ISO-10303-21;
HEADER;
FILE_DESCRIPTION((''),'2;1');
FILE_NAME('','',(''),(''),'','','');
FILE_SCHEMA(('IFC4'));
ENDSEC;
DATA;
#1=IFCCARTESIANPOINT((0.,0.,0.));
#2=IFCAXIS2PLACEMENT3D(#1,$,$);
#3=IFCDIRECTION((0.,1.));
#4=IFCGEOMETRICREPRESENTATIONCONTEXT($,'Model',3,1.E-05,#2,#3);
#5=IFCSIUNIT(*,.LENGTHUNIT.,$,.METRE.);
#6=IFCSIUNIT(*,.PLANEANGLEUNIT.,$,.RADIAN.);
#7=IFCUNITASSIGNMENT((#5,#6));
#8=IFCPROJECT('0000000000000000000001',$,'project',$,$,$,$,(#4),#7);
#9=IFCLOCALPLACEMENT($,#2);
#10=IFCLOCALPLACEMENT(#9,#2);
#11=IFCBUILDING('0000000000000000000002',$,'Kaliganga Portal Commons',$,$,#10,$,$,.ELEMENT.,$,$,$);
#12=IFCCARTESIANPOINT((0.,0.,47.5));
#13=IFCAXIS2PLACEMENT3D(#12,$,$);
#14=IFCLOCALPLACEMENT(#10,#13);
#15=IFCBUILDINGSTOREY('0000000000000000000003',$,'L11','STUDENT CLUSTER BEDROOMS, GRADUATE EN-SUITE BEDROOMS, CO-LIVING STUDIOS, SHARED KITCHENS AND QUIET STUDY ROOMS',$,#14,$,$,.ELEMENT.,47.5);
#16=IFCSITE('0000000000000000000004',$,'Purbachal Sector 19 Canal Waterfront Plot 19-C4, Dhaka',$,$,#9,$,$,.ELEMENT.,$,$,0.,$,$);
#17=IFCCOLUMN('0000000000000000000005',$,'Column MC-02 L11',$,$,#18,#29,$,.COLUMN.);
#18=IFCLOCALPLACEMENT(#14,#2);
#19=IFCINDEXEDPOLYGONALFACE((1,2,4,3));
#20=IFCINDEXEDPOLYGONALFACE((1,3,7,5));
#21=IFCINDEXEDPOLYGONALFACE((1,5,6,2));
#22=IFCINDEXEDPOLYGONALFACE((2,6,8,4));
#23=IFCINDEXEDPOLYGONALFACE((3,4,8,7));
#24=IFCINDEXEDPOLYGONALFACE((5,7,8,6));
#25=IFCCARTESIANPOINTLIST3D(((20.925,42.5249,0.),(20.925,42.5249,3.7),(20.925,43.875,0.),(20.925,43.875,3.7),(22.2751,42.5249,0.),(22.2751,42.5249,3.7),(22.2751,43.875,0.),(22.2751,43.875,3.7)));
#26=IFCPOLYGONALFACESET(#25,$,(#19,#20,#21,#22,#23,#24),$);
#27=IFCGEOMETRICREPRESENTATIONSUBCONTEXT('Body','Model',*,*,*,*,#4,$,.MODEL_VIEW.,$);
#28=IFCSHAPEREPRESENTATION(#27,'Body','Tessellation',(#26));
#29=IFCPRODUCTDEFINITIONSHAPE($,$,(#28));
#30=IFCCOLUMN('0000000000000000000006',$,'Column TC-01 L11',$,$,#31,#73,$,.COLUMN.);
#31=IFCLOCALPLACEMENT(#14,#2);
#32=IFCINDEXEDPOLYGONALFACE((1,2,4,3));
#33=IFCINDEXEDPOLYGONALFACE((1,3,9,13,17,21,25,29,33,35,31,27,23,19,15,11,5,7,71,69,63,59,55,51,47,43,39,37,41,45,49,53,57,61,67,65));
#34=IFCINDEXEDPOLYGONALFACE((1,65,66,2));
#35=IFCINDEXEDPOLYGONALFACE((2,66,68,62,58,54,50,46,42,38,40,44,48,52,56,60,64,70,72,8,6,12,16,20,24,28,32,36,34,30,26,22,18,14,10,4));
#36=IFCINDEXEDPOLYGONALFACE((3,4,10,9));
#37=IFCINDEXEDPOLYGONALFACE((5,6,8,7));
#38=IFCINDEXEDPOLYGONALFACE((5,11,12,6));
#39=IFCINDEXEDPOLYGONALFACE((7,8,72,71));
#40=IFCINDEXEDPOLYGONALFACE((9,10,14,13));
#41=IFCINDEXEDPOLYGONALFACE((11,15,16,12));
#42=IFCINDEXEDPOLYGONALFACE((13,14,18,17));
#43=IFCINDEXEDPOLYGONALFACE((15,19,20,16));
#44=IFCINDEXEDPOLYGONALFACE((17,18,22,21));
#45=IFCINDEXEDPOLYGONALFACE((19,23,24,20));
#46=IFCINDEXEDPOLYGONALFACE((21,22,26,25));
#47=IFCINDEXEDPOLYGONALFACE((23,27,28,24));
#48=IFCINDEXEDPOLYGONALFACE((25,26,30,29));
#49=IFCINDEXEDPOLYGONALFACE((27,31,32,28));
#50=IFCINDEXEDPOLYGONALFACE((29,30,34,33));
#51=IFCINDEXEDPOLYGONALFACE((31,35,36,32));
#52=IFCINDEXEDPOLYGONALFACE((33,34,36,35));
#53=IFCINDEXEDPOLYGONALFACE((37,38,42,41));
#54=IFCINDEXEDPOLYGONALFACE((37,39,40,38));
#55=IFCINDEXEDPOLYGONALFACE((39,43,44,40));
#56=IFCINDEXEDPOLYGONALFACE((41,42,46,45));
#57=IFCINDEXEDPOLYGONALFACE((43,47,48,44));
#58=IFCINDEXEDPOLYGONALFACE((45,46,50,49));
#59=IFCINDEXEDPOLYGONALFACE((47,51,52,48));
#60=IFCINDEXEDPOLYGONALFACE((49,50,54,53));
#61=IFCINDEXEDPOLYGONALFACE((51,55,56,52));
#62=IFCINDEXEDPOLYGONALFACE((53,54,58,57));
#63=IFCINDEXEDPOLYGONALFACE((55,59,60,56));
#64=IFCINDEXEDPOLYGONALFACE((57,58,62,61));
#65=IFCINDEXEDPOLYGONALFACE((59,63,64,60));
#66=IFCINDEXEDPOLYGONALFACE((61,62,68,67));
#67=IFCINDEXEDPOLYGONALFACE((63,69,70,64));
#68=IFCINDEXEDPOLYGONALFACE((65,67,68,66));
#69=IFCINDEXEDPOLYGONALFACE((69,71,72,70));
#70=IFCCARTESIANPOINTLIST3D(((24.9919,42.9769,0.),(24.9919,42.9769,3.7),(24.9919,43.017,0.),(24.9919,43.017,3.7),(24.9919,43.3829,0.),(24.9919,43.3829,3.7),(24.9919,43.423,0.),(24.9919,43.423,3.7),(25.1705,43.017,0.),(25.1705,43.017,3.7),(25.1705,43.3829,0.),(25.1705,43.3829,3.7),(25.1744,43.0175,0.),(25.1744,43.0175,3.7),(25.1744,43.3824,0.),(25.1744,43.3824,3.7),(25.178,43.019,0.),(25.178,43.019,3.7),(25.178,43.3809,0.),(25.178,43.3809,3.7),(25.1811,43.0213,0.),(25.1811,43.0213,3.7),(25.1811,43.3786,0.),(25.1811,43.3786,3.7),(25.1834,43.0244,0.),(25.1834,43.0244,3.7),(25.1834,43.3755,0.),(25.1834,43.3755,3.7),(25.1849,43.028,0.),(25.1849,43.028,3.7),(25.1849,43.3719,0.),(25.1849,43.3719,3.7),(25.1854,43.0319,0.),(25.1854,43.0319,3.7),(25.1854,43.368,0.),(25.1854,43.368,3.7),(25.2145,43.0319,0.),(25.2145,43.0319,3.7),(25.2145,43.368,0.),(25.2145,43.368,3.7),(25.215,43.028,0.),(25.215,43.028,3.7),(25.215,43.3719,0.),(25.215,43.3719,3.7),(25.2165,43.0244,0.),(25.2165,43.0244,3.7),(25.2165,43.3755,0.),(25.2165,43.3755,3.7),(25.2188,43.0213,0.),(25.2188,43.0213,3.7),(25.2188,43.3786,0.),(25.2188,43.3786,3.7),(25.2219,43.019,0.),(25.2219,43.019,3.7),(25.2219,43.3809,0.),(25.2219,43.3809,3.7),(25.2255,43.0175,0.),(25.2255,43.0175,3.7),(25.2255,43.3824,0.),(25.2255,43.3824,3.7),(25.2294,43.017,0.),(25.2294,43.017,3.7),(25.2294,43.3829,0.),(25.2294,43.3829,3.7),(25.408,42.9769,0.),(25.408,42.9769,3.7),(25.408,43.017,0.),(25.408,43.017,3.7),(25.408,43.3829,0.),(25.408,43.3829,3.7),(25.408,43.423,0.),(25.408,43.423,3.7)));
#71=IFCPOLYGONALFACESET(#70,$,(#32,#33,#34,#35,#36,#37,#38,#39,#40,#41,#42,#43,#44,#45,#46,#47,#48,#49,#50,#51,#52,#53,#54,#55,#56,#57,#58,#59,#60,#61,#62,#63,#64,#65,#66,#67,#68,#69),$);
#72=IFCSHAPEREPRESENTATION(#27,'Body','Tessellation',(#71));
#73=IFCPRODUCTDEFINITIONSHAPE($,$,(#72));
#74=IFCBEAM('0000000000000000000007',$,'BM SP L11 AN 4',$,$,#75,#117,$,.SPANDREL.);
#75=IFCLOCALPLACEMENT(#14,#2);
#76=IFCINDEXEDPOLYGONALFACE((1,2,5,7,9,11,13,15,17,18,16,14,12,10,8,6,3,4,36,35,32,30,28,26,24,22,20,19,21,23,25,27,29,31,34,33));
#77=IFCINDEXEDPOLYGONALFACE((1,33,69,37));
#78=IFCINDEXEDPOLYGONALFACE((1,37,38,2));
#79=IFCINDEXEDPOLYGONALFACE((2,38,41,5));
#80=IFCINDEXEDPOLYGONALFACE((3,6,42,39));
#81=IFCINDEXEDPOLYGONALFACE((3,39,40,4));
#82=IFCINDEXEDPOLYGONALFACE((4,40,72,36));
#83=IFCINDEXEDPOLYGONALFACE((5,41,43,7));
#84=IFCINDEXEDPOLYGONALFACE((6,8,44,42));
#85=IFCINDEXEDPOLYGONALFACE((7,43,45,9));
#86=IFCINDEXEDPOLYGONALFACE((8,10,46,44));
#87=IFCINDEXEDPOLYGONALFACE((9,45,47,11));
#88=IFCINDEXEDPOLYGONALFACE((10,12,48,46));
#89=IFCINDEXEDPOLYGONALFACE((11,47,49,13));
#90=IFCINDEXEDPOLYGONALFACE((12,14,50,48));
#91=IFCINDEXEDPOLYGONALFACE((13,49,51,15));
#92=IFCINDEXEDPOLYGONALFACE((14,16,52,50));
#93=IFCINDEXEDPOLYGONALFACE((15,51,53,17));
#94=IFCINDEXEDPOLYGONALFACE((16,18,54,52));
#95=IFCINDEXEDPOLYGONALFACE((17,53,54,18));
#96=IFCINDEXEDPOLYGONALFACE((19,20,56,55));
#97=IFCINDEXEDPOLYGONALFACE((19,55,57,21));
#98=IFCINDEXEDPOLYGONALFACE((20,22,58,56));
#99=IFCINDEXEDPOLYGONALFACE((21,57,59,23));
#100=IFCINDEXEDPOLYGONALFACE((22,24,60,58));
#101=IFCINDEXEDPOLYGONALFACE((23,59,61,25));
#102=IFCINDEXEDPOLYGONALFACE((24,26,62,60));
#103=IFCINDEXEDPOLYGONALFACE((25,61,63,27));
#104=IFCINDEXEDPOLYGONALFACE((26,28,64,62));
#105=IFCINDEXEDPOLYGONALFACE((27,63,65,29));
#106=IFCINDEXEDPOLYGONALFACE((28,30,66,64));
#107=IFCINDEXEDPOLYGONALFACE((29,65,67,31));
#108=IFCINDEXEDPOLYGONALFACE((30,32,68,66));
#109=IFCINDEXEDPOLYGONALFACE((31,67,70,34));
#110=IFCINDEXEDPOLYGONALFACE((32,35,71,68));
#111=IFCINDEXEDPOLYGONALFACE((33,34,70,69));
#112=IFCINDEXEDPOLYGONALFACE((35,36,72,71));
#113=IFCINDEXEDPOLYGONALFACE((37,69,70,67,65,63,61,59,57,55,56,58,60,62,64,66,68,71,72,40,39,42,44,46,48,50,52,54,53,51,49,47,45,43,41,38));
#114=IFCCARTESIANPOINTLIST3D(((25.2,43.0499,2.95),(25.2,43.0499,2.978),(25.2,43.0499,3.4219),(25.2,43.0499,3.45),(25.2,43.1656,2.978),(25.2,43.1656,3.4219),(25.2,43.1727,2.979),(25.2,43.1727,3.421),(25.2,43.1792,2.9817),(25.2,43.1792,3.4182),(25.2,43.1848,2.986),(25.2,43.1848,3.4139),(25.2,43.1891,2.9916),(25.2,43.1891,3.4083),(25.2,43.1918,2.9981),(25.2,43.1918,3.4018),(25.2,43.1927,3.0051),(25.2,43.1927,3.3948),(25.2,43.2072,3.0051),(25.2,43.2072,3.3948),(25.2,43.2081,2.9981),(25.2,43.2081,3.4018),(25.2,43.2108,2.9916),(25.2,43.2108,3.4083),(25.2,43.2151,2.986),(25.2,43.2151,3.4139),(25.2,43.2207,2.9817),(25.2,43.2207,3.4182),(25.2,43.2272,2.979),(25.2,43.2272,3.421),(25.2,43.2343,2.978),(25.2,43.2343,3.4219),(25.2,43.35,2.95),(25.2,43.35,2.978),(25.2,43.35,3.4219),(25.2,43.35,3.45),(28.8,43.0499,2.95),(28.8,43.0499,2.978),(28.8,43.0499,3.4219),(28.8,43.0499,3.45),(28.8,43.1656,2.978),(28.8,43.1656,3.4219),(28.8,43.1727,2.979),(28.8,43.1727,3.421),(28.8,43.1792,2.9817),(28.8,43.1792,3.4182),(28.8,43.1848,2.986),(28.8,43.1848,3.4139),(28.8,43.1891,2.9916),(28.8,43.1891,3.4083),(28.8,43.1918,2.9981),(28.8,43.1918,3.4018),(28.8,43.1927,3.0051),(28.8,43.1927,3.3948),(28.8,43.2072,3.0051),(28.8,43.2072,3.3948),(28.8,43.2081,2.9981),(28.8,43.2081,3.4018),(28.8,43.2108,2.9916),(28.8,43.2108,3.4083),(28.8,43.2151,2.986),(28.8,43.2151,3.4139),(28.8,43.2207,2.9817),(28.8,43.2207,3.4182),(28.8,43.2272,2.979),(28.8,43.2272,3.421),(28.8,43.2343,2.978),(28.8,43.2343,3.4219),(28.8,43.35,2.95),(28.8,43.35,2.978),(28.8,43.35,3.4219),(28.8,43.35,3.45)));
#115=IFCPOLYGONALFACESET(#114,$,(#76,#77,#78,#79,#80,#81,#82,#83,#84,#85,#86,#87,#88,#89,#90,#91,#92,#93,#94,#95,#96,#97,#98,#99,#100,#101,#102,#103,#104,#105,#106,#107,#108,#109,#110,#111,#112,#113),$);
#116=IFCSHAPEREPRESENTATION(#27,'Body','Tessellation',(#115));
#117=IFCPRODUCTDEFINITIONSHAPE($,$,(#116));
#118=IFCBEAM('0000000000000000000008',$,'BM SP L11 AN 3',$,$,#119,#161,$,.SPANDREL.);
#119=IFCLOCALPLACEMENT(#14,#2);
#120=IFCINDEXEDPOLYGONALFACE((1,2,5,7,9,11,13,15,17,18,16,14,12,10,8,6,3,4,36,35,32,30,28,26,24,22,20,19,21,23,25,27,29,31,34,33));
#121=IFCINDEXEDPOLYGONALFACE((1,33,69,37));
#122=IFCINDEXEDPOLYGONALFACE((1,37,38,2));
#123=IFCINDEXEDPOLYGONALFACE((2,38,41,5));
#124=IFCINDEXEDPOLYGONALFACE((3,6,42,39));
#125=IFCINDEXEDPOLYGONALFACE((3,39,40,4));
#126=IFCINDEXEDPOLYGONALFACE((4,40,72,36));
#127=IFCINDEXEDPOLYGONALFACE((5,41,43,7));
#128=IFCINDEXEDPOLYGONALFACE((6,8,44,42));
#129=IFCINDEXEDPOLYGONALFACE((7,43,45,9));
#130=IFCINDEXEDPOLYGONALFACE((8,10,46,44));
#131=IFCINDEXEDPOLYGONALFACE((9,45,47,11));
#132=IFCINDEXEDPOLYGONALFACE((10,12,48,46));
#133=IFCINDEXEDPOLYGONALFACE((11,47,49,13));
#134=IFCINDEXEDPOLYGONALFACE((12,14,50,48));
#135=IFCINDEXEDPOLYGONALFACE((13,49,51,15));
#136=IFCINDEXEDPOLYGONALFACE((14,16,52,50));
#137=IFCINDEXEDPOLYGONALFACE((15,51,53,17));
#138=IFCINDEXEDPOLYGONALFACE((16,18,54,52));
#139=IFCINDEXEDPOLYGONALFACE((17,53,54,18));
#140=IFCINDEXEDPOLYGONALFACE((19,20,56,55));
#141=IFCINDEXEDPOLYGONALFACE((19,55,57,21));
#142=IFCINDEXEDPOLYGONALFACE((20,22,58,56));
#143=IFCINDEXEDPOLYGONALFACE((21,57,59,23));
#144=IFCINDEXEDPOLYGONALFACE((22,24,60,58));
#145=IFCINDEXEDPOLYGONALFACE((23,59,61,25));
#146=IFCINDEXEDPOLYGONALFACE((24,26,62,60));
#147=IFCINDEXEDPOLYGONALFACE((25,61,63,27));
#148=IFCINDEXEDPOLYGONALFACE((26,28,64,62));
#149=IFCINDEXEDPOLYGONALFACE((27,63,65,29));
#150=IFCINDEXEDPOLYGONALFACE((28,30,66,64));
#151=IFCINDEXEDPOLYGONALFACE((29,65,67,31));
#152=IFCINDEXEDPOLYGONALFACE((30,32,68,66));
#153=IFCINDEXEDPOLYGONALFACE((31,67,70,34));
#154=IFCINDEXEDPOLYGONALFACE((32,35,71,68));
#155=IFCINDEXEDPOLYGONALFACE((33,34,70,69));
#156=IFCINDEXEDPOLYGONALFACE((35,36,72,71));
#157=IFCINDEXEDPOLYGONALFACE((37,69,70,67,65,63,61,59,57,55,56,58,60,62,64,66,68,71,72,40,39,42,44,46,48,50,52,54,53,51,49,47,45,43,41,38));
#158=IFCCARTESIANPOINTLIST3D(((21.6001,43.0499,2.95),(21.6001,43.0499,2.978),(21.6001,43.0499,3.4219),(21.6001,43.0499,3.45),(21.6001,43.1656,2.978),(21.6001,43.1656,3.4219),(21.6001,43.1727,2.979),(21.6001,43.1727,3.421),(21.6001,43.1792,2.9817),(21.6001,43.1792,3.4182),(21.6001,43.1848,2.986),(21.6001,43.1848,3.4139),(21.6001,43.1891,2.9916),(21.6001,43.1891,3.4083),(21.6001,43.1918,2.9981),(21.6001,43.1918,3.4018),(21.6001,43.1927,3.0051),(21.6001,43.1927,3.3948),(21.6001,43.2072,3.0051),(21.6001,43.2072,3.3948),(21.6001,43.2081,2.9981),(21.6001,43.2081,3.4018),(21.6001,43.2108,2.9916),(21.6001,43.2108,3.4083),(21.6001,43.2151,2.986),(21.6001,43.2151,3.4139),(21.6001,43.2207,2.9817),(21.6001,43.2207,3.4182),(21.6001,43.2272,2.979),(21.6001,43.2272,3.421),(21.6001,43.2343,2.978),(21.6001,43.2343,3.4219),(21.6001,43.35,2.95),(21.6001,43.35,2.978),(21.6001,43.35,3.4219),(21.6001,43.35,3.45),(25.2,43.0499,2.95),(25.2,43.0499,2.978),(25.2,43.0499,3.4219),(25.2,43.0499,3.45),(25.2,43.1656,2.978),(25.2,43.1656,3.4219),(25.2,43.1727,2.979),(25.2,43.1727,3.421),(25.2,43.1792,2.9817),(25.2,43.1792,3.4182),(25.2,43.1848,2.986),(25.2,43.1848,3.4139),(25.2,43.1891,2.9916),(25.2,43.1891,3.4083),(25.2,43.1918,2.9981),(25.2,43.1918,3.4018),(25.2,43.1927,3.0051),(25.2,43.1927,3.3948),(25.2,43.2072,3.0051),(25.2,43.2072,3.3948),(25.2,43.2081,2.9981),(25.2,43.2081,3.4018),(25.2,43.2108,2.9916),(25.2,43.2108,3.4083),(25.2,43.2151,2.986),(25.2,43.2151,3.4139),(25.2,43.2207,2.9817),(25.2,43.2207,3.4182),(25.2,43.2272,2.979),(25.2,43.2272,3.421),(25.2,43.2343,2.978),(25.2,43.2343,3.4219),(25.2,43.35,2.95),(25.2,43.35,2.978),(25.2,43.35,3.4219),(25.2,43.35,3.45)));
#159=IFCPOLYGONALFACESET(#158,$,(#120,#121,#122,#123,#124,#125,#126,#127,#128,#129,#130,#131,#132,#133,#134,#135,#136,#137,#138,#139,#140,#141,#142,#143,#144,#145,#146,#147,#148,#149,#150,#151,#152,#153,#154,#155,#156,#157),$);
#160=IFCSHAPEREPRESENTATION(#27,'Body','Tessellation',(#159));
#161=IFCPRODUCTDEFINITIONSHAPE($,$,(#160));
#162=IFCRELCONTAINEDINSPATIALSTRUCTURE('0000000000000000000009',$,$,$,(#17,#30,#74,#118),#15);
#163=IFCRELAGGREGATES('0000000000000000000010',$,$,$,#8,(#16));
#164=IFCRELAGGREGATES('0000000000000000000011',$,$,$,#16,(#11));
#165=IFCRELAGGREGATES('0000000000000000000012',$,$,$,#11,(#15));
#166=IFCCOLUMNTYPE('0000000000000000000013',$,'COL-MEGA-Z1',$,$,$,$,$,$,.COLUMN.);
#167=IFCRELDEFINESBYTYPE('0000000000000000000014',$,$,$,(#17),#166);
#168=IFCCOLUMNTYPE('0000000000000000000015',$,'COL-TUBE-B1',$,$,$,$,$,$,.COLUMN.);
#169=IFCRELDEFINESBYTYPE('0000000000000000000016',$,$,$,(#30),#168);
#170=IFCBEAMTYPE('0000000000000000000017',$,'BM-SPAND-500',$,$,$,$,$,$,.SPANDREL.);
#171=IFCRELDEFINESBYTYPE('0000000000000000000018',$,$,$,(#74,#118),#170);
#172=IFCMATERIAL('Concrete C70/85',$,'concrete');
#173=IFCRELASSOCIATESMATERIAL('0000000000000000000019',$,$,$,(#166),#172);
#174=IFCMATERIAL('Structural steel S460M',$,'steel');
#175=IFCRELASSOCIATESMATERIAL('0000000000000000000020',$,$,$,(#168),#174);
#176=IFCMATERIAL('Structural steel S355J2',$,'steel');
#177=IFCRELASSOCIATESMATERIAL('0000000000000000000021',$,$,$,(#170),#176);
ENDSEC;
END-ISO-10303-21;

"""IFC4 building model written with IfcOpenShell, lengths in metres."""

from ifc_helpers import new_model, si_unit, direction, frame, origin, origin_2d, place, context, subcontext, project, spatial, rectangle, i_section, extrude, source, transform, mapped, material, material_profile, profile_set, type_object, element, save


model = new_model("IFC4")

# Units and contexts
model_context = context("Model", 3, precision=1e-05, world=origin(), true_north=direction((0.0, 1.0)))
body_context = subcontext(model_context, "Body", "Model", "MODEL_VIEW")
ifc_project = project(units=[si_unit("LENGTHUNIT", "METRE"), si_unit("PLANEANGLEUNIT", "RADIAN")], contexts=[model_context])

# Site, building, storey
site_placement = place(None, origin())
site = spatial("IfcSite", under=ifc_project, at=site_placement, Name="Purbachal Sector 19 Canal Waterfront Plot 19-C4, Dhaka", CompositionType="ELEMENT", RefElevation=0.0)
building_placement = place(site_placement, origin())
building = spatial("IfcBuilding", under=site, at=building_placement, Name="Kaliganga Portal Commons", CompositionType="ELEMENT")
storey_placement = place(building_placement, frame((0.0, 0.0, 47.5)))
storey = spatial("IfcBuildingStorey", under=building, at=storey_placement, Name="L11", Description="STUDENT CLUSTER BEDROOMS, GRADUATE EN-SUITE BEDROOMS, CO-LIVING STUDIOS, SHARED KITCHENS AND QUIET STUDY ROOMS", CompositionType="ELEMENT", Elevation=47.5)

# Columns
ifc_material_1 = material(Name="Concrete C70/85", Category="concrete")
ifc_material_profile_1 = material_profile(ifc_material_1, rectangle(XDim=1.3501, YDim=1.3501, at=origin_2d()), Name="RC 1350x1350")
ifc_profile_set_1 = profile_set([ifc_material_profile_1], Name="Concrete C70/85")
column_type_1 = type_object("IfcColumnType", Name="COL-MEGA-Z1", PredefinedType="COLUMN", material=ifc_profile_set_1)
shared_shape_1 = source(origin(), body_context, "Body", "SweptSolid", [
    extrude(rectangle(XDim=1.3501, YDim=1.3501, at=origin_2d()), origin(), (0.0, 0.0, 1.0), 3.7),
])
column_1_placement = place(storey_placement, frame((21.6001, 43.2, 0.0), z_axis=(0.0, 0.0, 1.0), x_axis=(1.0, 0.0, 0.0)))
element("IfcColumn", 1, at=column_1_placement, inside=storey, type_object=column_type_1, Name="Column MC-02 L11", PredefinedType="COLUMN", context=body_context, shape_type="MappedRepresentation", body=[
    mapped(shared_shape_1, transform((0.0, 0.0, 0.0), x_axis=(1.0, 0.0, 0.0), y_axis=(0.0, 1.0, 0.0), z_axis=(0.0, 0.0, 1.0), scale=1.0)),
])
ifc_material_2 = material(Name="Structural steel S460M", Category="steel")
ifc_material_profile_2 = material_profile(ifc_material_2, i_section(OverallWidth=0.416, OverallDepth=0.446, WebThickness=0.0291, FlangeThickness=0.04, FilletRadius=0.0149, at=origin_2d()), Name="HD 400x509")
ifc_profile_set_2 = profile_set([ifc_material_profile_2], Name="Structural steel S460M wide-flange")
column_type_2 = type_object("IfcColumnType", Name="COL-TUBE-B1", PredefinedType="COLUMN", material=ifc_profile_set_2)
shared_shape_2 = source(origin(), body_context, "Body", "SweptSolid", [
    extrude(i_section(OverallWidth=0.416, OverallDepth=0.446, WebThickness=0.0291, FlangeThickness=0.04, FilletRadius=0.0149, at=origin_2d()), origin(), (0.0, 0.0, 1.0), 3.7),
])
column_2_placement = place(storey_placement, frame((25.2, 43.2, 0.0), z_axis=(0.0, 0.0, 1.0), x_axis=(1.0, 0.0, 0.0)))
element("IfcColumn", 2, at=column_2_placement, inside=storey, type_object=column_type_2, Name="Column TC-01 L11", PredefinedType="COLUMN", context=body_context, shape_type="MappedRepresentation", body=[
    mapped(shared_shape_2, transform((0.0, 0.0, 0.0), x_axis=(1.0, 0.0, 0.0), y_axis=(0.0, 1.0, 0.0), z_axis=(0.0, 0.0, 1.0), scale=1.0)),
])

# Beams
ifc_material_3 = material(Name="Structural steel S355J2", Category="steel")
ifc_material_profile_3 = material_profile(ifc_material_3, i_section(OverallWidth=0.3, OverallDepth=0.5, WebThickness=0.0144, FlangeThickness=0.0281, FilletRadius=0.0271, at=origin_2d()), Name="HE 500 B")
ifc_profile_set_3 = profile_set([ifc_material_profile_3], Name="Structural steel S355J2 wide-flange")
beam_type_1 = type_object("IfcBeamType", Name="BM-SPAND-500", PredefinedType="SPANDREL", material=ifc_profile_set_3)
shared_shape_3 = source(origin(), body_context, "Body", "SweptSolid", [
    extrude(i_section(OverallWidth=0.3, OverallDepth=0.5, WebThickness=0.0144, FlangeThickness=0.0281, FilletRadius=0.0271, at=origin_2d()), origin(), (0.0, 0.0, 1.0), 3.6001),
])
beam_1_placement = place(storey_placement, frame((25.2, 43.2, 3.2), z_axis=(1.0, 0.0, 0.0), x_axis=(0.0, 1.0, 0.0)))
element("IfcBeam", 3, at=beam_1_placement, inside=storey, type_object=beam_type_1, Name="BM SP L11 AN 4", PredefinedType="SPANDREL", context=body_context, shape_type="MappedRepresentation", body=[
    mapped(shared_shape_3, transform((0.0, 0.0, 0.0), x_axis=(1.0, 0.0, 0.0), y_axis=(0.0, 1.0, 0.0), z_axis=(0.0, 0.0, 1.0), scale=1.0)),
])
shared_shape_4 = source(origin(), body_context, "Body", "SweptSolid", [
    extrude(i_section(OverallWidth=0.3, OverallDepth=0.5, WebThickness=0.0144, FlangeThickness=0.0281, FilletRadius=0.0271, at=origin_2d()), origin(), (0.0, 0.0, 1.0), 3.5999),
])
beam_2_placement = place(storey_placement, frame((21.6001, 43.2, 3.2), z_axis=(1.0, 0.0, 0.0), x_axis=(0.0, 1.0, 0.0)))
element("IfcBeam", 4, at=beam_2_placement, inside=storey, type_object=beam_type_1, Name="BM SP L11 AN 3", PredefinedType="SPANDREL", context=body_context, shape_type="MappedRepresentation", body=[
    mapped(shared_shape_4, transform((0.0, 0.0, 0.0), x_axis=(1.0, 0.0, 0.0), y_axis=(0.0, 1.0, 0.0), z_axis=(0.0, 0.0, 1.0), scale=1.0)),
])

save(model, "model.ifc")
